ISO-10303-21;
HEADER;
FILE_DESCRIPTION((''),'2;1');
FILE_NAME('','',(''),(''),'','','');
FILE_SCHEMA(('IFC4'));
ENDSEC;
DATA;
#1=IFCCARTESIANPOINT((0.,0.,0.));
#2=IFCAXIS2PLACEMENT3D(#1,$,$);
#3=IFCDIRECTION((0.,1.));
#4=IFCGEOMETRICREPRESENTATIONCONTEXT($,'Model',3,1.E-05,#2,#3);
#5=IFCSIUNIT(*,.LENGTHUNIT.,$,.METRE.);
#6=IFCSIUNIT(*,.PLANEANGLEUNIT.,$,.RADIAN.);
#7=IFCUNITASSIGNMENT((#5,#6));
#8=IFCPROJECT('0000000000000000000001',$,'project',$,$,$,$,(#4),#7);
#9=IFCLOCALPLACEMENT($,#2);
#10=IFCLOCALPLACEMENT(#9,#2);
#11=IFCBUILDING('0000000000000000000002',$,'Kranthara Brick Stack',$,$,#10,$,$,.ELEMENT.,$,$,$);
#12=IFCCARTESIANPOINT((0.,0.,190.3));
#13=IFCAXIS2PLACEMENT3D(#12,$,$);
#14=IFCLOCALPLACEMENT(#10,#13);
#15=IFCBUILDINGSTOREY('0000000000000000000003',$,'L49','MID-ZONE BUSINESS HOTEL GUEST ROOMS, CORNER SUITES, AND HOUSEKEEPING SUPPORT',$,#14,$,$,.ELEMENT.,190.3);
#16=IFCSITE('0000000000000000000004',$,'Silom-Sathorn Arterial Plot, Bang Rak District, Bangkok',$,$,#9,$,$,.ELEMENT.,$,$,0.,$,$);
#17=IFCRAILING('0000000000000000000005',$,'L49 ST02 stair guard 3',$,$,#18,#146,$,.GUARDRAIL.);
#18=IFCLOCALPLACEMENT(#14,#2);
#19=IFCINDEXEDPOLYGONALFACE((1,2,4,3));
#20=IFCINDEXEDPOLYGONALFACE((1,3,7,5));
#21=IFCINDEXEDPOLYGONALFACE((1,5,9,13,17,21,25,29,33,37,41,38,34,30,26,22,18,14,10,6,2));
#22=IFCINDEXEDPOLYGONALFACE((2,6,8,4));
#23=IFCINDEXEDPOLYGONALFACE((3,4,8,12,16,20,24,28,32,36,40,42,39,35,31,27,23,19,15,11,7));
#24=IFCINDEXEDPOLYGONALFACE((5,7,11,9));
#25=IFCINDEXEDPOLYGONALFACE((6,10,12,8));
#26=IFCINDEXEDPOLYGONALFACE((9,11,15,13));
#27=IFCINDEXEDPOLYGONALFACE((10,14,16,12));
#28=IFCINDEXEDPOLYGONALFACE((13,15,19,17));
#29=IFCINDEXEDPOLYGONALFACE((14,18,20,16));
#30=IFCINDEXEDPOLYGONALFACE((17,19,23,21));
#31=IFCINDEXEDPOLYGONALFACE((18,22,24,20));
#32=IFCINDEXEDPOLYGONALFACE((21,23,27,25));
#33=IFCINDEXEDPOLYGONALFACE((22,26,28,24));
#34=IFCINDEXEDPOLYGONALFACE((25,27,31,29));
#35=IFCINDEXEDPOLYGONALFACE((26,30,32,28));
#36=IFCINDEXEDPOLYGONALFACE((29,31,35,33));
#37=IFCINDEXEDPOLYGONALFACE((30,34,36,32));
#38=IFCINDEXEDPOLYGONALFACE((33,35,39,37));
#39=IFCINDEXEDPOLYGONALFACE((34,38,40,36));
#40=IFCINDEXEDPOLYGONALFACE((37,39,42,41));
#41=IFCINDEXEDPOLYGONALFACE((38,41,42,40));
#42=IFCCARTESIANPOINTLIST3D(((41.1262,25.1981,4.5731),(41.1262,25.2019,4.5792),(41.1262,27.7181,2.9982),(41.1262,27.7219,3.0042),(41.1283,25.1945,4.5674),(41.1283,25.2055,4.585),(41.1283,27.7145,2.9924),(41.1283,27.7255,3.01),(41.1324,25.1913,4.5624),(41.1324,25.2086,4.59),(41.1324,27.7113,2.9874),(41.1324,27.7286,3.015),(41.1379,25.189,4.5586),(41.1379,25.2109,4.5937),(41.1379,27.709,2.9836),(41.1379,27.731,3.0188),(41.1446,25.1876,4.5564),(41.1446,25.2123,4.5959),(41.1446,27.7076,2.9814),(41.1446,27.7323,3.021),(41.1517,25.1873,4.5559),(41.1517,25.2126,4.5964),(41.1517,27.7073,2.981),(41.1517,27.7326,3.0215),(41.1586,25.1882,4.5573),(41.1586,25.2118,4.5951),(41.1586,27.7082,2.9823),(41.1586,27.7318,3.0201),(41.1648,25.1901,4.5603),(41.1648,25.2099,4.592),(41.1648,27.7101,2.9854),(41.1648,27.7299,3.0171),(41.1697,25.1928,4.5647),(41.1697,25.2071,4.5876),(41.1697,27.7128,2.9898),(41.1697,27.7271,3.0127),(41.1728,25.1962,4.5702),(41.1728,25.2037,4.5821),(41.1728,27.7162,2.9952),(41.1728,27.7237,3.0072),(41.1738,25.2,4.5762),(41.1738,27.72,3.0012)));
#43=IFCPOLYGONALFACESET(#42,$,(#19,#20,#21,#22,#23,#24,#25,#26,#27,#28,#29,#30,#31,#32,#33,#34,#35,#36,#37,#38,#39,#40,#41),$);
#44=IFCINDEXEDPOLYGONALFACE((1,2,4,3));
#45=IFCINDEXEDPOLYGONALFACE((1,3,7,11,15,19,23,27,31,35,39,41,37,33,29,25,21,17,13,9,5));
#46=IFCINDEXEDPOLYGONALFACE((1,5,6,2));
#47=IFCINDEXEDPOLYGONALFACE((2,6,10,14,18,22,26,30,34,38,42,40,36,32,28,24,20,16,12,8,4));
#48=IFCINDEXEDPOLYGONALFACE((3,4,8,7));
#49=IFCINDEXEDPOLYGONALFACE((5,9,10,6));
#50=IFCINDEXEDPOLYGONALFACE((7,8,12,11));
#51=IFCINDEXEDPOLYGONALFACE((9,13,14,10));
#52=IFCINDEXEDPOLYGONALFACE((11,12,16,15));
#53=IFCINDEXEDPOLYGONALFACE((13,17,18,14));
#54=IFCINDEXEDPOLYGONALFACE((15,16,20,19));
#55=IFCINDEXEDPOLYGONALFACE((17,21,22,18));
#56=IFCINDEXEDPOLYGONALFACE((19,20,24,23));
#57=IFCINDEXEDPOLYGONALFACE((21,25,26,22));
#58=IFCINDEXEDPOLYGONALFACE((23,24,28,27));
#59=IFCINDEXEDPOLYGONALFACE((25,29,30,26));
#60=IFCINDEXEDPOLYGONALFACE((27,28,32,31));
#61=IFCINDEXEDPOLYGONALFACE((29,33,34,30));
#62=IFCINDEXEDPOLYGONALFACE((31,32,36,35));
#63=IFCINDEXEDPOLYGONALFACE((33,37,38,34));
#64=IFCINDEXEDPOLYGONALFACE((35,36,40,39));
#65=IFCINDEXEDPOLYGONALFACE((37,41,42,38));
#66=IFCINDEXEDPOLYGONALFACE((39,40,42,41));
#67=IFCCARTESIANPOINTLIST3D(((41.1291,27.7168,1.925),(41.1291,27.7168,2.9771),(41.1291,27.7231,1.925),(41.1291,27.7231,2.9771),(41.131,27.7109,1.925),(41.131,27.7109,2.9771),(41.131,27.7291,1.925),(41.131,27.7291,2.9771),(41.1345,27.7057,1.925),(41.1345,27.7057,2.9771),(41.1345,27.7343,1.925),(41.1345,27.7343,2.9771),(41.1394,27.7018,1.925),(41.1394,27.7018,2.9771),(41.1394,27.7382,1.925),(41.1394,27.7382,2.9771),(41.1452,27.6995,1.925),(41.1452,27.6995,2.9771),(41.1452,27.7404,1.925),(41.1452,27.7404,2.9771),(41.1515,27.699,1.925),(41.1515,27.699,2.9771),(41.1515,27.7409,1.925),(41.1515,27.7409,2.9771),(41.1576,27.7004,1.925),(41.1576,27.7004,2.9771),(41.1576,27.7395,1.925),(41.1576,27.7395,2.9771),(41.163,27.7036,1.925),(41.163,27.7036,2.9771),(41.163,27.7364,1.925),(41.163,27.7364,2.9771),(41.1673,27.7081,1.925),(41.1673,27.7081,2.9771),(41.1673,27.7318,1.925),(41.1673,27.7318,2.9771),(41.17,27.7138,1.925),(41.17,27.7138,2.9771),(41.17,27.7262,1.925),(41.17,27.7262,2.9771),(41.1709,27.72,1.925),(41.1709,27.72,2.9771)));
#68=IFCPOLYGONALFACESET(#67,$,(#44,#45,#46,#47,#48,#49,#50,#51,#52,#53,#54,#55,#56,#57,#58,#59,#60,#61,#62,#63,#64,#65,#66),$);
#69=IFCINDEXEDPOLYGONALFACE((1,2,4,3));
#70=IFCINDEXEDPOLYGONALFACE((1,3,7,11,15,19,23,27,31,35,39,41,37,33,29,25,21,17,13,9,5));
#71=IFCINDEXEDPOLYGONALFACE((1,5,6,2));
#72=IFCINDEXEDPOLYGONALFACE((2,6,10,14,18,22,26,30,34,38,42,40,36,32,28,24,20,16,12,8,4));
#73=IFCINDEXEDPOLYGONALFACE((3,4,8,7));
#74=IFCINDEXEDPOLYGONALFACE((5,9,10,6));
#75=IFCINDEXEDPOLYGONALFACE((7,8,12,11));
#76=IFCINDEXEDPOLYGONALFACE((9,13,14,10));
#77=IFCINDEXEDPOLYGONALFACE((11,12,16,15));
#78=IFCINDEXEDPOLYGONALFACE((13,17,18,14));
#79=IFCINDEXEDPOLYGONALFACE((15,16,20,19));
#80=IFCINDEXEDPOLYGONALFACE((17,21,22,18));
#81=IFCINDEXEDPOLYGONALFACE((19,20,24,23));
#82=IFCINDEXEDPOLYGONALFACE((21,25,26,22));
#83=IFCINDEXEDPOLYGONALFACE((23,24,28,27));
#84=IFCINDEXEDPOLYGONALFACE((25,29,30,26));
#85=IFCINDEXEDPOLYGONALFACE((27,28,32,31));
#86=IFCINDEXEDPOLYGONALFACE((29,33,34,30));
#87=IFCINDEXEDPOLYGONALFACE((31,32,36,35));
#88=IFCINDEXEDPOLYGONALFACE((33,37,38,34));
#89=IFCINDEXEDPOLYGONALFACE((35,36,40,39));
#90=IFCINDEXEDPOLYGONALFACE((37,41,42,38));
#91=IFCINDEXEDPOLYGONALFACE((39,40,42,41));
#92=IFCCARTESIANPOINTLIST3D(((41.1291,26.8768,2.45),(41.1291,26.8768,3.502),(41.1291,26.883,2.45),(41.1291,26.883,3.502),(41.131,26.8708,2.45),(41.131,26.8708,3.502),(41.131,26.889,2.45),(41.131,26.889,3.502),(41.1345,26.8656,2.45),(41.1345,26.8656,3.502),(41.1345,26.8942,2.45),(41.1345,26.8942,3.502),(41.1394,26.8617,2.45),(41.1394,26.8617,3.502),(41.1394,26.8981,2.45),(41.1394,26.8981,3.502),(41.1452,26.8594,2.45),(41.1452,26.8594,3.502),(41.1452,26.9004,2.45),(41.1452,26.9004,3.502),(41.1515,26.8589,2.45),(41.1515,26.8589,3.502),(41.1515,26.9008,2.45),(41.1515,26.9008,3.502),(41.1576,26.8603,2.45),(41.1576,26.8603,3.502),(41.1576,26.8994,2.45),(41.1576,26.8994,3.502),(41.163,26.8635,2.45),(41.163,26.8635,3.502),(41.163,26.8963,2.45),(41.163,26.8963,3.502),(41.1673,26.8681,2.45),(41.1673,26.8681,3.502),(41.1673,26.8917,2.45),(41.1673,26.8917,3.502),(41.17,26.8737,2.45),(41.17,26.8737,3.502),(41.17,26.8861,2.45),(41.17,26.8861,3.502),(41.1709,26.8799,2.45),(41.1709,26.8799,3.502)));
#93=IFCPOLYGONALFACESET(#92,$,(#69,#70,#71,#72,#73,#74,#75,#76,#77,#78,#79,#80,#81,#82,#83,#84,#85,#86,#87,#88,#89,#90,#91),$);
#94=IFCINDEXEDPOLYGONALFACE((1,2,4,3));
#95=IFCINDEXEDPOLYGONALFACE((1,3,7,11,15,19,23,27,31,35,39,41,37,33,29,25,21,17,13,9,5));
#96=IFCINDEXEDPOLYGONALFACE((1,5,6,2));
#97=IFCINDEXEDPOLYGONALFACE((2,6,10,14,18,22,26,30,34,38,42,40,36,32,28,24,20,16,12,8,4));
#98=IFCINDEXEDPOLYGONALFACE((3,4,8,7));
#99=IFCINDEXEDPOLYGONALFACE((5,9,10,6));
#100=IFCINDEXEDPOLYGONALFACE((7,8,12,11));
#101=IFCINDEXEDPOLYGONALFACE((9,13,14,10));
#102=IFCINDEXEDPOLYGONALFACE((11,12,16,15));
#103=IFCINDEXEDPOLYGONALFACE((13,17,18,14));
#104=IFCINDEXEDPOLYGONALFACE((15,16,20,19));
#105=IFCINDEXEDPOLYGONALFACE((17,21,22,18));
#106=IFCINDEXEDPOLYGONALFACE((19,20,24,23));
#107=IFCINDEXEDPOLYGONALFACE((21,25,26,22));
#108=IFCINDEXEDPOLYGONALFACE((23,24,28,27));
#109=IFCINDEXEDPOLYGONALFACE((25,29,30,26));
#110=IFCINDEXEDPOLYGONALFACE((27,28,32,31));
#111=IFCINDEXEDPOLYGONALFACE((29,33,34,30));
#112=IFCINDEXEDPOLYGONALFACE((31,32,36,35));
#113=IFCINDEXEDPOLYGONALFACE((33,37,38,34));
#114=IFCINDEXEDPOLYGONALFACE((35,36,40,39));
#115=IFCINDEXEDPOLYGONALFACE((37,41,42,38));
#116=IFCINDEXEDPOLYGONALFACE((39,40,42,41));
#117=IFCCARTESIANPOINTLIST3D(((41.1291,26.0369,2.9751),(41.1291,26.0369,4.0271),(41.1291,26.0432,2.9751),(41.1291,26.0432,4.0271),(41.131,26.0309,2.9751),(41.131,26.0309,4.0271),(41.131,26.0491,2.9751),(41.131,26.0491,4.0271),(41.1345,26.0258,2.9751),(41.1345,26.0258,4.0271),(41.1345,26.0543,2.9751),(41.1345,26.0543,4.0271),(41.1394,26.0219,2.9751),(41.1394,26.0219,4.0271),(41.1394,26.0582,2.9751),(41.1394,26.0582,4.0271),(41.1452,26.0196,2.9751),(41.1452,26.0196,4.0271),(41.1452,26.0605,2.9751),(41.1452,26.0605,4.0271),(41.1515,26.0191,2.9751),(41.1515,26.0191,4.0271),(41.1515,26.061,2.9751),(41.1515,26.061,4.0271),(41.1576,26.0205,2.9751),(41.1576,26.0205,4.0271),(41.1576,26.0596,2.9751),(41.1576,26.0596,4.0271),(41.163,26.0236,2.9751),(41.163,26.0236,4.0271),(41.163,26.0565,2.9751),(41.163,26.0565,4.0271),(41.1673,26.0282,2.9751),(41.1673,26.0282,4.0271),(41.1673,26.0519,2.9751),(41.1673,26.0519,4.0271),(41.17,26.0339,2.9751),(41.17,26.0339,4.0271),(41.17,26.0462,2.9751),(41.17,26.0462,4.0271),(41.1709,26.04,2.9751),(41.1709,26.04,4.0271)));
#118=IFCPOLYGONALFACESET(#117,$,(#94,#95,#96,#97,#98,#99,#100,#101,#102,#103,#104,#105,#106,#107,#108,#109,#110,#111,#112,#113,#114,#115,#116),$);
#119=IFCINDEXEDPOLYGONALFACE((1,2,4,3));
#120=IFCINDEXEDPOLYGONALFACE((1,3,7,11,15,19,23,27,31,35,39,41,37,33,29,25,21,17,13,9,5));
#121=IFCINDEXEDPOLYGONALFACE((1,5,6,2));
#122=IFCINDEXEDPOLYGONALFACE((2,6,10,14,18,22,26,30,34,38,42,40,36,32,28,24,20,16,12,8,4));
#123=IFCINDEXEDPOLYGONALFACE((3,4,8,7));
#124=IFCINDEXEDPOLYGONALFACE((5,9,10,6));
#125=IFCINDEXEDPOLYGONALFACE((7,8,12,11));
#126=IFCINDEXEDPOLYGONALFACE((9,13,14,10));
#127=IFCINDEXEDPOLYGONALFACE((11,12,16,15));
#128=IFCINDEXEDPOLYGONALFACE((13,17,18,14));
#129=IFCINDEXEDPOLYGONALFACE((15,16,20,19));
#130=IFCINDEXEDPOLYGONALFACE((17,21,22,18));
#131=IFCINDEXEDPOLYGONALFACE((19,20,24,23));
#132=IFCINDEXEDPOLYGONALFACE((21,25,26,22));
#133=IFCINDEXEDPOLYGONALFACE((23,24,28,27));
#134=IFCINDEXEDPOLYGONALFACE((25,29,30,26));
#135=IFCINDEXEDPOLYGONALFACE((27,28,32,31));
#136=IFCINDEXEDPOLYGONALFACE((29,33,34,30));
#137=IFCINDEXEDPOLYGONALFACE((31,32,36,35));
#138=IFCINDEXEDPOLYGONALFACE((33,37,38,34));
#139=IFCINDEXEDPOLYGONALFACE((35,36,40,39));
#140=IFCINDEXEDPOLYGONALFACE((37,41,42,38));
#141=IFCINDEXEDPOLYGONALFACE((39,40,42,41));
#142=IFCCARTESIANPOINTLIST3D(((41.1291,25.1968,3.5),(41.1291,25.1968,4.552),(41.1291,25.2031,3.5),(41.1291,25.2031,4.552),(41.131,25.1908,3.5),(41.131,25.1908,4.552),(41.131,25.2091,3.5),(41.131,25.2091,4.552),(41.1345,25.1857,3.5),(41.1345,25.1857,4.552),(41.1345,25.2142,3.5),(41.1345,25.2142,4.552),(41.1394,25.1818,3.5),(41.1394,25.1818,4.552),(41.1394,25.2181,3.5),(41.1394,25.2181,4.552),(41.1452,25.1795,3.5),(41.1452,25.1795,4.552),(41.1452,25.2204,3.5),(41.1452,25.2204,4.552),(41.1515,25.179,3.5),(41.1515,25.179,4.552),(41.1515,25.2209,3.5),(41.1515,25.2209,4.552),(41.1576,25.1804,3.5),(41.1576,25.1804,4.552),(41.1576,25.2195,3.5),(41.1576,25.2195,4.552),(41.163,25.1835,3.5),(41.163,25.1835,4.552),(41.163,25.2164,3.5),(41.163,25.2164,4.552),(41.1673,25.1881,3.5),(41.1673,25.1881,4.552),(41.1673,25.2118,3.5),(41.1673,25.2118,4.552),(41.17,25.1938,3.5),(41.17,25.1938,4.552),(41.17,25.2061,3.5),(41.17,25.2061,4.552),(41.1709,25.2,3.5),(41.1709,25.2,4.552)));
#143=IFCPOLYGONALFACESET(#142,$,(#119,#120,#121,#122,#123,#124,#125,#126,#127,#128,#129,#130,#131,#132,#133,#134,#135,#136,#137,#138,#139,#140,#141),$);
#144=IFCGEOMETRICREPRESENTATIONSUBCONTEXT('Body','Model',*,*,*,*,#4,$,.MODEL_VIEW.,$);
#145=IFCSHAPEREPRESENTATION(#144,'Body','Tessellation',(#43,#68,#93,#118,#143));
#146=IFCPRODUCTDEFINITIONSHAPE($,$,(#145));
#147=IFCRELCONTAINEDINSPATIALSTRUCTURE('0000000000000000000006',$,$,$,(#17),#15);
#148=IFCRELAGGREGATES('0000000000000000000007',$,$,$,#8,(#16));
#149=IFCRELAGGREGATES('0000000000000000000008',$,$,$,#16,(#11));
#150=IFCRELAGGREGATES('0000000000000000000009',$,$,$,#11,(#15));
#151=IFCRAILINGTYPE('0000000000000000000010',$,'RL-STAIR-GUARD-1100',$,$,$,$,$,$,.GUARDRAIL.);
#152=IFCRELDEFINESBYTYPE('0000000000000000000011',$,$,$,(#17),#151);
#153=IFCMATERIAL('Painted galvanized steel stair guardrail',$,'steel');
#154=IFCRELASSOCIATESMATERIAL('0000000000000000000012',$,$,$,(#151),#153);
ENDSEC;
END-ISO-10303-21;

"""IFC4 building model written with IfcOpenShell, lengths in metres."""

from ifc_helpers import new_model, si_unit, direction, frame, origin, origin_2d, place, context, subcontext, project, spatial, circle, extrude, material, type_object, element, save


model = new_model("IFC4")

# Units and contexts
model_context = context("Model", 3, precision=1e-05, world=origin(), true_north=direction((0.0, 1.0)))
body_context = subcontext(model_context, "Body", "Model", "MODEL_VIEW")
ifc_project = project(units=[si_unit("LENGTHUNIT", "METRE"), si_unit("PLANEANGLEUNIT", "RADIAN")], contexts=[model_context])

# Site, building, storey
site_placement = place(None, origin())
site = spatial("IfcSite", under=ifc_project, at=site_placement, Name="Silom-Sathorn Arterial Plot, Bang Rak District, Bangkok", CompositionType="ELEMENT", RefElevation=0.0)
building_placement = place(site_placement, origin())
building = spatial("IfcBuilding", under=site, at=building_placement, Name="Kranthara Brick Stack", CompositionType="ELEMENT")
storey_placement = place(building_placement, frame((0.0, 0.0, 190.3)))
storey = spatial("IfcBuildingStorey", under=building, at=storey_placement, Name="L49", Description="MID-ZONE BUSINESS HOTEL GUEST ROOMS, CORNER SUITES, AND HOUSEKEEPING SUPPORT", CompositionType="ELEMENT", Elevation=190.3)

# Railing
ifc_material_1 = material(Name="Painted galvanized steel stair guardrail", Category="steel")
railing_type_1 = type_object("IfcRailingType", Name="RL-STAIR-GUARD-1100", PredefinedType="GUARDRAIL", material=ifc_material_1)
railing_1_placement = place(storey_placement, frame((41.1499, 27.72, 1.925)))
element("IfcRailing", 1, at=railing_1_placement, inside=storey, type_object=railing_type_1, Name="L49 ST02 stair guard 3", PredefinedType="GUARDRAIL", context=body_context, shape_type="SweptSolid", body=[
    extrude(circle(Radius=0.0239, at=origin_2d()), frame((0.0, 0.0, 1.0762), z_axis=(0.0, -0.848008, 0.529984), x_axis=(1.0, 0.0, 0.0)), (0.0, 0.0, 1.0), 2.9717),
    extrude(circle(Radius=0.021, at=origin_2d()), origin(), (0.0, 0.0, 1.0), 1.052),
    extrude(circle(Radius=0.021, at=origin_2d()), frame((0.0, -0.8401, 0.5249)), (0.0, 0.0, 1.0), 1.052),
    extrude(circle(Radius=0.021, at=origin_2d()), frame((0.0, -1.6799, 1.05)), (0.0, 0.0, 1.0), 1.052),
    extrude(circle(Radius=0.021, at=origin_2d()), frame((0.0, -2.52, 1.575)), (0.0, 0.0, 1.0), 1.052),
])

save(model, "model.ifc")
